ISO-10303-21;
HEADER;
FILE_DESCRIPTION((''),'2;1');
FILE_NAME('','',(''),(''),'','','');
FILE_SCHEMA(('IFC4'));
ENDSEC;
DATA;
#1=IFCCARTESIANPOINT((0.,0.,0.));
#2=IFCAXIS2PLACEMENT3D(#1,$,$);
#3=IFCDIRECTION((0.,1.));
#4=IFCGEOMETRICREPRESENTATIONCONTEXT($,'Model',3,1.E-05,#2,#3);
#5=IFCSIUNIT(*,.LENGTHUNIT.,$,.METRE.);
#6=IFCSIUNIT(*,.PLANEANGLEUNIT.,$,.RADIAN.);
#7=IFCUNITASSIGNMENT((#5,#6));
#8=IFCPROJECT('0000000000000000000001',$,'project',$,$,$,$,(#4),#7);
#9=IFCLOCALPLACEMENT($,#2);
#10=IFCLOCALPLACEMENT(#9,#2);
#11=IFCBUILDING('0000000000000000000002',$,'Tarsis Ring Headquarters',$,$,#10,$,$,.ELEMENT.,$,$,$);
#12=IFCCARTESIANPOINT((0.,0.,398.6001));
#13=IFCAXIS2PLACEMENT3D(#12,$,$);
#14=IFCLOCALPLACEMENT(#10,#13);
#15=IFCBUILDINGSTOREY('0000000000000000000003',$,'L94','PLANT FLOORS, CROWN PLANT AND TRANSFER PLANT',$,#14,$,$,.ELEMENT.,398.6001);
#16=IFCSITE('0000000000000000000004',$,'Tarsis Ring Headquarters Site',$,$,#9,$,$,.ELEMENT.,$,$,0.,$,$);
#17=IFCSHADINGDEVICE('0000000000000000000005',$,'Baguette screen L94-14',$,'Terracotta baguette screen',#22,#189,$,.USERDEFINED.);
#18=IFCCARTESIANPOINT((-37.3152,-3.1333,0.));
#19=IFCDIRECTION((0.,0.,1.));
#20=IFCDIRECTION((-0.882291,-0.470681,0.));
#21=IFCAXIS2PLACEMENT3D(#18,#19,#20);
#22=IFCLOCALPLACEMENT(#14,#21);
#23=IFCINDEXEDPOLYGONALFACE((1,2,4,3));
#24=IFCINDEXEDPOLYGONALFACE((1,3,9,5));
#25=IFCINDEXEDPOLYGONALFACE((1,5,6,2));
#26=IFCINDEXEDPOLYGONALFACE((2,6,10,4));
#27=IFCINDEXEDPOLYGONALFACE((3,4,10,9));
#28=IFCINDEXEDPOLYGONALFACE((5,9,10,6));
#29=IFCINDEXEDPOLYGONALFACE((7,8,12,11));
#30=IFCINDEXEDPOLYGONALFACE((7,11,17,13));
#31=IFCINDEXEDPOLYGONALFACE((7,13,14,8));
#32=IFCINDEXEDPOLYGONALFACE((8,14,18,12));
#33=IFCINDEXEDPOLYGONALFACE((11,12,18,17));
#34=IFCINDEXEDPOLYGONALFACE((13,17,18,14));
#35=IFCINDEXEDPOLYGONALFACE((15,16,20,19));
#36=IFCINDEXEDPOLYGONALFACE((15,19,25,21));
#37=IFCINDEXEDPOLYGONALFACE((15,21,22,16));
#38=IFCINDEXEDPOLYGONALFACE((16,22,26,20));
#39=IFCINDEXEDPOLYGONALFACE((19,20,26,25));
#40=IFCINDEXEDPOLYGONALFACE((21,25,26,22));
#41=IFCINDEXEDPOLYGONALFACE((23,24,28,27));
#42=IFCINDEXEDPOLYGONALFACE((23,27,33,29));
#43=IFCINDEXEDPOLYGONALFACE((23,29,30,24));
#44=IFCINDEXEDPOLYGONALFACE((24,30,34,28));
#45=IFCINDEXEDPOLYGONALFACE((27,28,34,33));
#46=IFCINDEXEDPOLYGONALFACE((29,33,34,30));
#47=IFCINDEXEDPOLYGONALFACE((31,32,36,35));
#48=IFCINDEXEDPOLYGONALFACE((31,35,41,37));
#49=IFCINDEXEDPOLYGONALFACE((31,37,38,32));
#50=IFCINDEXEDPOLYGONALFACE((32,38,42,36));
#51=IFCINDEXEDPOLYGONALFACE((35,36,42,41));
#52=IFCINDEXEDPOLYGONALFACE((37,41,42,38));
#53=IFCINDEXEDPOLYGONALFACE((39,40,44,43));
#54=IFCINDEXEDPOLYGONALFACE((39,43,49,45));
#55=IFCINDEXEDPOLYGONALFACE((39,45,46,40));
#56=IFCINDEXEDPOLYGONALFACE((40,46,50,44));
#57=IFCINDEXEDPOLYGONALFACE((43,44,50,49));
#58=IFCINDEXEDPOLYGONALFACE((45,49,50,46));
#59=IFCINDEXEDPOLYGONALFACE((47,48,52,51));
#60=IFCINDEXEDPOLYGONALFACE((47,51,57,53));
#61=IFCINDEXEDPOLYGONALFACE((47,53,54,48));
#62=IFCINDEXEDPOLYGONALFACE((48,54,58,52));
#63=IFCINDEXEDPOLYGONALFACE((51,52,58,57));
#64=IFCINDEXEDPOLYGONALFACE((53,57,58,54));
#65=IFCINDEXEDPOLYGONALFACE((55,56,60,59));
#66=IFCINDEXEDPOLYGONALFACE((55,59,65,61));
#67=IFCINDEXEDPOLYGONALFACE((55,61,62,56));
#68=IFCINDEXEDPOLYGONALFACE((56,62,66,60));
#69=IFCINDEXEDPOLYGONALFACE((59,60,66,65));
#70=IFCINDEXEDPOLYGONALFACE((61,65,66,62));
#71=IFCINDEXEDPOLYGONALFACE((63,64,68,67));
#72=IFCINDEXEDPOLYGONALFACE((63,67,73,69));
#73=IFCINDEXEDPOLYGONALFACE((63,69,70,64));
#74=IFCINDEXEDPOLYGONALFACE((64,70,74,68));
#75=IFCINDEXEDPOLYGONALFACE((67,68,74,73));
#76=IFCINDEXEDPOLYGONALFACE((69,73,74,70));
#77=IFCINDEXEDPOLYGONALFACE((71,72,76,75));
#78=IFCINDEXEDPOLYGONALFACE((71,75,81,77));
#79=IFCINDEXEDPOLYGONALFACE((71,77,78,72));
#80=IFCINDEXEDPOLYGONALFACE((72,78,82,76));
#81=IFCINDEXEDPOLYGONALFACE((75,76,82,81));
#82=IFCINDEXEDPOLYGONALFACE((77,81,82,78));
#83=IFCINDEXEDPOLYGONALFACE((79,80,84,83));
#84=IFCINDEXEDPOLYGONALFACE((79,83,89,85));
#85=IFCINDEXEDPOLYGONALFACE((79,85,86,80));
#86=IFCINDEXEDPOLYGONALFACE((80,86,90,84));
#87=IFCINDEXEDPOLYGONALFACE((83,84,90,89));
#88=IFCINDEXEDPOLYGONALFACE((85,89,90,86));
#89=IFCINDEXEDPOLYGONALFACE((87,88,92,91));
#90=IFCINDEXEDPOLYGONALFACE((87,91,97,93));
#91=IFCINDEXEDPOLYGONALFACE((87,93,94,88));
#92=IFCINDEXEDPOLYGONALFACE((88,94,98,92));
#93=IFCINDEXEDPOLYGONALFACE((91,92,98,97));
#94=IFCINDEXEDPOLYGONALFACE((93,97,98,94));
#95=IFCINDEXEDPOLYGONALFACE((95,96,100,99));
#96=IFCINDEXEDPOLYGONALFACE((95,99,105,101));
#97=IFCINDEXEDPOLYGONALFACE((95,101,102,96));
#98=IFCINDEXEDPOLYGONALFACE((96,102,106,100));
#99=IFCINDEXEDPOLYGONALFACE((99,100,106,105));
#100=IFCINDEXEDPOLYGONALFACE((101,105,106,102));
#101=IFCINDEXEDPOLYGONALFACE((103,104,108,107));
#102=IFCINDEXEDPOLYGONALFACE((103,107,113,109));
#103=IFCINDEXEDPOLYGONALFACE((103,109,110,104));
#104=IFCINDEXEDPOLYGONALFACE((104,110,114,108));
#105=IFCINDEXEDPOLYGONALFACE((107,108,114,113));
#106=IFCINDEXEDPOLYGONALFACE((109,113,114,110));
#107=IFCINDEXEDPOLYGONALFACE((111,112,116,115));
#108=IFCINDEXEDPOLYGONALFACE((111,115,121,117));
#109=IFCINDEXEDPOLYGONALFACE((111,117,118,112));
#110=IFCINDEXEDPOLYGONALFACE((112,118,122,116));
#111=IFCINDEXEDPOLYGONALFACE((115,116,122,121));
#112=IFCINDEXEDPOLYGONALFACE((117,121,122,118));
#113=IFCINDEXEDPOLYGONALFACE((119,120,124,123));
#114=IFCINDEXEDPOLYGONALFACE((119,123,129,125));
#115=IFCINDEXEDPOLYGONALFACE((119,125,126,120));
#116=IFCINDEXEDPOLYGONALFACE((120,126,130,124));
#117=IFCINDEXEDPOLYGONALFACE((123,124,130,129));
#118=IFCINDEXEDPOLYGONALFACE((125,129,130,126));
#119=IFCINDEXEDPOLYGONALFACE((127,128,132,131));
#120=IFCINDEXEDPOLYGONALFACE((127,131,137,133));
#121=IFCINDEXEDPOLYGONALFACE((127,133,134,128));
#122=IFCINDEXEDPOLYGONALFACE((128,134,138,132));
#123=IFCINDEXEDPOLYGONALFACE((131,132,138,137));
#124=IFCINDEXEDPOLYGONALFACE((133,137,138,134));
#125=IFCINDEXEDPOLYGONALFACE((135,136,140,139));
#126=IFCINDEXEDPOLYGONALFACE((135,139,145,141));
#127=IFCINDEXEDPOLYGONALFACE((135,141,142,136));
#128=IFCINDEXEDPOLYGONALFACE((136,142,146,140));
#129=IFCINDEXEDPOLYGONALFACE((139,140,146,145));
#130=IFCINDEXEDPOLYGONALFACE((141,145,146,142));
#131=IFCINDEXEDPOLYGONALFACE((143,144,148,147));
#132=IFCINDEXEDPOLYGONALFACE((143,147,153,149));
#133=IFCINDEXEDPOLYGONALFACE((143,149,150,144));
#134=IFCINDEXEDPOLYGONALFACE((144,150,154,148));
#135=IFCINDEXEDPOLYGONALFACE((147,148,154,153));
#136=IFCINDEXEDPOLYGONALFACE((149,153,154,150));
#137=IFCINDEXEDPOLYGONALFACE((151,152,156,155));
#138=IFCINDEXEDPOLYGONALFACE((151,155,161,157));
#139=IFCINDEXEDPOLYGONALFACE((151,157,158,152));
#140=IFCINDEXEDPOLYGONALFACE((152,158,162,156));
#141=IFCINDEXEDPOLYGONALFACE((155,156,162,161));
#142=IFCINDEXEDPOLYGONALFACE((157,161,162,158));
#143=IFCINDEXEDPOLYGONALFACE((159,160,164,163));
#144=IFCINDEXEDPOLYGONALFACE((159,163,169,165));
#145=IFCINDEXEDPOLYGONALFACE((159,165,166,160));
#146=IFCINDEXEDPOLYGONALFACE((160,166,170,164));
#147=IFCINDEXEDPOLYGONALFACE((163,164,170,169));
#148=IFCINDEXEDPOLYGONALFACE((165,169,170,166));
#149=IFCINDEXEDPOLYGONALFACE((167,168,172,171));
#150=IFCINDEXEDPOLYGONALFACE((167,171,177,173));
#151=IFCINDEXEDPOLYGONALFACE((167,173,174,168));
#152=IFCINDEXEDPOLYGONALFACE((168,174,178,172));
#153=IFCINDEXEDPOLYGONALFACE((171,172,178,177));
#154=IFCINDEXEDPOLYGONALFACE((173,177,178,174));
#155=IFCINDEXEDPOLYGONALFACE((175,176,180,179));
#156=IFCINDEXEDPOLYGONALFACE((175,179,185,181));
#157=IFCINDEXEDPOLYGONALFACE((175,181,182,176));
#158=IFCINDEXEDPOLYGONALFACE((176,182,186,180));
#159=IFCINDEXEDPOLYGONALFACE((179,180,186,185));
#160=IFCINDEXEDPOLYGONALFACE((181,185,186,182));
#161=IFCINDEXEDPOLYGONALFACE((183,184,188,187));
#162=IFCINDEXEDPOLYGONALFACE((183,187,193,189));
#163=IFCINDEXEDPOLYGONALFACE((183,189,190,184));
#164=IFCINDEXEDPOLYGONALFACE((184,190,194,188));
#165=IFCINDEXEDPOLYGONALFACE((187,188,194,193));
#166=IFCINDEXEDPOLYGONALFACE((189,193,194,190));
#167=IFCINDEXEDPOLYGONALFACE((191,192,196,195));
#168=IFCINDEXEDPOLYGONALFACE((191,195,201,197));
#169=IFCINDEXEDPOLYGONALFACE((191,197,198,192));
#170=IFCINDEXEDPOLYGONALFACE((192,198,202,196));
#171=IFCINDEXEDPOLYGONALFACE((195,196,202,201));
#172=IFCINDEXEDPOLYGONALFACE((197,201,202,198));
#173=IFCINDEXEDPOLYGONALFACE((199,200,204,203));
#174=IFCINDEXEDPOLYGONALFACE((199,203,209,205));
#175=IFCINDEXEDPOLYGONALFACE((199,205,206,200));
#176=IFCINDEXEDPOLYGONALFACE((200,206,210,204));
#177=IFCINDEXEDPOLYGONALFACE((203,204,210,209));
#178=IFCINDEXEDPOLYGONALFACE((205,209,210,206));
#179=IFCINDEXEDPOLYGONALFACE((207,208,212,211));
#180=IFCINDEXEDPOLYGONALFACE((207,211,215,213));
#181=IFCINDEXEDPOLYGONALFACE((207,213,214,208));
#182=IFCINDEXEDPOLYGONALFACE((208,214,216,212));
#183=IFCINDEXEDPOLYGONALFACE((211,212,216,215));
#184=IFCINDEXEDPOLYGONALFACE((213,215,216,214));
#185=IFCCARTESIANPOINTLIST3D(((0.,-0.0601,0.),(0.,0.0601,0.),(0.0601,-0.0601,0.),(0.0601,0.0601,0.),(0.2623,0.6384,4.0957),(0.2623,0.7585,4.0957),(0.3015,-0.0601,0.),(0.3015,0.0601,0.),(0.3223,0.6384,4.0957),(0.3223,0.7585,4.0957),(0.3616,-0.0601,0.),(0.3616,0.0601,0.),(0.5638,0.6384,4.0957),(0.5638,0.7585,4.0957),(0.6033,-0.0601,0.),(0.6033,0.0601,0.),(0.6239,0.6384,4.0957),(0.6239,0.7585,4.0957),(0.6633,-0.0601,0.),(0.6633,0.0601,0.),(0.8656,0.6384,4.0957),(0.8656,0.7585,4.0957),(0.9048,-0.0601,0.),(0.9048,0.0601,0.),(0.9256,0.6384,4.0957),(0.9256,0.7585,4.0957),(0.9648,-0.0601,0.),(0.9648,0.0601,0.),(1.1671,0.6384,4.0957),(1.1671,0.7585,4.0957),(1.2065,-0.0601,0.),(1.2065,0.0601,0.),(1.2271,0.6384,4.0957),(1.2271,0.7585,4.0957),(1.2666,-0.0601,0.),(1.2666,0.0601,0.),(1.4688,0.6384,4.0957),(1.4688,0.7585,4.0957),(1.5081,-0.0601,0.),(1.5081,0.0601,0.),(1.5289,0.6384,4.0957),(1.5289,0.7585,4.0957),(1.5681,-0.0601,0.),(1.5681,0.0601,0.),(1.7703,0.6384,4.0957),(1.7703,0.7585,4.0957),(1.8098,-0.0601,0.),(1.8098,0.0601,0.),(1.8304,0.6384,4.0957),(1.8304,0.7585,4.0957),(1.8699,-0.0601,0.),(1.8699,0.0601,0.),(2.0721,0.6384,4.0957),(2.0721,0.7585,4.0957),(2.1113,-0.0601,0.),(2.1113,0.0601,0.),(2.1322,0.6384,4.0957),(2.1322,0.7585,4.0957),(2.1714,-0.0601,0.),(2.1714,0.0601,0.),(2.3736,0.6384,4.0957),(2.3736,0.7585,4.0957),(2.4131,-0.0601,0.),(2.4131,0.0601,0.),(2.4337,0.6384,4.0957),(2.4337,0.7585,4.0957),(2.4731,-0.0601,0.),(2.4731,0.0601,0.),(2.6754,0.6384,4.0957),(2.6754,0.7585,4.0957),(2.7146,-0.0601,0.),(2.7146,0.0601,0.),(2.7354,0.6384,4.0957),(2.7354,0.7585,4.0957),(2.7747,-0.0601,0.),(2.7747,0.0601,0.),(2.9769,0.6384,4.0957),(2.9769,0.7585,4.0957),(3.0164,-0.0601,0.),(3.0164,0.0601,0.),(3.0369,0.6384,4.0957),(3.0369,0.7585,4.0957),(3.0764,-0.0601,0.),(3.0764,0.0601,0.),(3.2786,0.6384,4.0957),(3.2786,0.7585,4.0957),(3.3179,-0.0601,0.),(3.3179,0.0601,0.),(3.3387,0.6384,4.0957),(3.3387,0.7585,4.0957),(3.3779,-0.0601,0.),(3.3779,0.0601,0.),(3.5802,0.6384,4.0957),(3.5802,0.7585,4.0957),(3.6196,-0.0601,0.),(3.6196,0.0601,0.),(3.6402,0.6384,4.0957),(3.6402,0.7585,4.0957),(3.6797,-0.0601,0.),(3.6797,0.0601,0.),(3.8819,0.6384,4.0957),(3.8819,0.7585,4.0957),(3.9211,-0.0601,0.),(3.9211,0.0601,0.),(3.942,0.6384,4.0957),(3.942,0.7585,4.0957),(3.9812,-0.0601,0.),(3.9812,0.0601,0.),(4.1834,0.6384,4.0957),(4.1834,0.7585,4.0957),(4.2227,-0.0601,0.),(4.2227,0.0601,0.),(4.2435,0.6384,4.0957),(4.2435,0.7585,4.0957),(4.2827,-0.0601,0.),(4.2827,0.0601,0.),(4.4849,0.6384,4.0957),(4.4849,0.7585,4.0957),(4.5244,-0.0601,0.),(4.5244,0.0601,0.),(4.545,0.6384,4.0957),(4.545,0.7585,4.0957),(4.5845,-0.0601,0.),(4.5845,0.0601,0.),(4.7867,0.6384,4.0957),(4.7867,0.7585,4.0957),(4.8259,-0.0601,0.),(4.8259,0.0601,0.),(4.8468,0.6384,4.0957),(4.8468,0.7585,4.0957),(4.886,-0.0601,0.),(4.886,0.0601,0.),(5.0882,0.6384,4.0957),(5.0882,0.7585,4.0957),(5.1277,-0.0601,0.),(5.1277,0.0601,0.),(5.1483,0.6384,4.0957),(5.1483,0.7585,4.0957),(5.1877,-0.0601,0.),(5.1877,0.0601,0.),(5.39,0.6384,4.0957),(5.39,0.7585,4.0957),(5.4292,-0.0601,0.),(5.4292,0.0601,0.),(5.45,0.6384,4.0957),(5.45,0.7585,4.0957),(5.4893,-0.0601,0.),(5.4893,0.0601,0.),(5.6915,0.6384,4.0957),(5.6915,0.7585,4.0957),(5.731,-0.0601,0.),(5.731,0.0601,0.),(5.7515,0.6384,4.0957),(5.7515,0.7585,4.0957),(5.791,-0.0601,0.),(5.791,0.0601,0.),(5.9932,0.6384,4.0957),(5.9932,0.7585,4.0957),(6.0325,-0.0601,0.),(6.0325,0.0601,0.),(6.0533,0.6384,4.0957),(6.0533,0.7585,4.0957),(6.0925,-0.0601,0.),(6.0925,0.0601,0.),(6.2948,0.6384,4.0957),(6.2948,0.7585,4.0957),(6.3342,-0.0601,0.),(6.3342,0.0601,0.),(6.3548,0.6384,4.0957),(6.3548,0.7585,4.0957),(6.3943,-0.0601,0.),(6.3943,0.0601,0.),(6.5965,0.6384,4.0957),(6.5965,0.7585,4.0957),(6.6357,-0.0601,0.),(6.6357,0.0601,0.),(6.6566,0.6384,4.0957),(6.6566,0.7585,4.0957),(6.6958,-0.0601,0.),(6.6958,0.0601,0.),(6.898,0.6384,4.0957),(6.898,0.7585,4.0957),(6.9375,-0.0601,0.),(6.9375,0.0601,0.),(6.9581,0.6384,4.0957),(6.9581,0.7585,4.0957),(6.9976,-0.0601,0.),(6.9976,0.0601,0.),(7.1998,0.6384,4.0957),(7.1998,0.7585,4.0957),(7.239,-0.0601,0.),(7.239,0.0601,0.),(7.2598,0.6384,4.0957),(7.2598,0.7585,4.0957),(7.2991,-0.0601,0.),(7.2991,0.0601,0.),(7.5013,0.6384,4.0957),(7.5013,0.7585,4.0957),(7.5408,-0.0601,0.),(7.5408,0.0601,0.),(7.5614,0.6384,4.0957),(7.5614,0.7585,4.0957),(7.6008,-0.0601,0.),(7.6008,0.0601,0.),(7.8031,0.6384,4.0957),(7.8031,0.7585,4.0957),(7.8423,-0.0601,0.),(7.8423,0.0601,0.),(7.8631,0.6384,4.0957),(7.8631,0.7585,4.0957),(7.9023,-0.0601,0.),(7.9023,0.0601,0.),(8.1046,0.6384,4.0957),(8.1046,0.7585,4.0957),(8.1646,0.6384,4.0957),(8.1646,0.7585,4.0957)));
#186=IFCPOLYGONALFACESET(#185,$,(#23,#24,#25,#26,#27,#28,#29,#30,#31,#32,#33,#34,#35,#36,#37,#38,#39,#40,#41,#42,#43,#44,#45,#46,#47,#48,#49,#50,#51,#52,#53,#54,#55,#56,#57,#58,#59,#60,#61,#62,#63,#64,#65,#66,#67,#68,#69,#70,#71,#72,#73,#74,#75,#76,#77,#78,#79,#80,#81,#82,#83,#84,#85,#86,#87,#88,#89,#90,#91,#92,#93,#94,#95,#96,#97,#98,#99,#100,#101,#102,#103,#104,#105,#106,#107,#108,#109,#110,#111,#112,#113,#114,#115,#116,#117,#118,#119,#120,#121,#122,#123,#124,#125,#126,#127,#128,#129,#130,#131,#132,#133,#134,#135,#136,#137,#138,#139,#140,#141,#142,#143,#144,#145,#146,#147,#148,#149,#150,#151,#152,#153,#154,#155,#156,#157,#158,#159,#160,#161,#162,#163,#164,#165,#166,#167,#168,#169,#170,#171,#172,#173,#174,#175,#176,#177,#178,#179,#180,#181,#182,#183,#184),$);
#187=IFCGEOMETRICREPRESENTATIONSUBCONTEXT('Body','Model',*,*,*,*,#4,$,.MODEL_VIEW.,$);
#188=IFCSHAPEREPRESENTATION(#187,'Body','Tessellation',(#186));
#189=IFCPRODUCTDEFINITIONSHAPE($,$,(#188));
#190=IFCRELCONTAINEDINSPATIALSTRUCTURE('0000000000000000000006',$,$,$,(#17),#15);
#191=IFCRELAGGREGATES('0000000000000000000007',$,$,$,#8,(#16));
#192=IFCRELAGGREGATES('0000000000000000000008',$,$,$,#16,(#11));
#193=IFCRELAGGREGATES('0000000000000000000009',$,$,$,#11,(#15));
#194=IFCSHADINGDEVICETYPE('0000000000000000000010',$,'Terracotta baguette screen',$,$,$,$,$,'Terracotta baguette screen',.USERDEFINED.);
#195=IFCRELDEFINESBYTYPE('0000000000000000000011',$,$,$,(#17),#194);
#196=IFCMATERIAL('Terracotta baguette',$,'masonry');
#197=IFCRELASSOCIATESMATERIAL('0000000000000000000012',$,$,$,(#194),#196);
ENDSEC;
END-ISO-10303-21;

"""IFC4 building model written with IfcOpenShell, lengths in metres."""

from ifc_helpers import new_model, si_unit, direction, frame, frame_2d, origin, place, context, subcontext, project, spatial, rectangle, composite_profile, extrude, material, type_object, element, save


model = new_model("IFC4")

# Units and contexts
model_context = context("Model", 3, precision=1e-05, world=origin(), true_north=direction((0.0, 1.0)))
body_context = subcontext(model_context, "Body", "Model", "MODEL_VIEW")
ifc_project = project(units=[si_unit("LENGTHUNIT", "METRE"), si_unit("PLANEANGLEUNIT", "RADIAN")], contexts=[model_context])

# Site, building, storey
site_placement = place(None, origin())
site = spatial("IfcSite", under=ifc_project, at=site_placement, Name="Tarsis Ring Headquarters Site", CompositionType="ELEMENT", RefElevation=0.0)
building_placement = place(site_placement, origin())
building = spatial("IfcBuilding", under=site, at=building_placement, Name="Tarsis Ring Headquarters", CompositionType="ELEMENT")
storey_placement = place(building_placement, frame((0.0, 0.0, 398.6001)))
storey = spatial("IfcBuildingStorey", under=building, at=storey_placement, Name="L94", Description="PLANT FLOORS, CROWN PLANT AND TRANSFER PLANT", CompositionType="ELEMENT", Elevation=398.6001)

# Shading device
ifc_material_1 = material(Name="Terracotta baguette", Category="masonry")
shading_device_type_1 = type_object("IfcShadingDeviceType", Name="Terracotta baguette screen", ElementType="Terracotta baguette screen", PredefinedType="USERDEFINED", material=ifc_material_1)
shading_device_1_placement = place(storey_placement, frame((-37.3152, -3.1333, 0.0), z_axis=(0.0, 0.0, 1.0), x_axis=(-0.882291, -0.470681, 0.0)))
element("IfcShadingDevice", 1, at=shading_device_1_placement, inside=storey, type_object=shading_device_type_1, Name="Baguette screen L94-14", ObjectType="Terracotta baguette screen", PredefinedType="USERDEFINED", context=body_context, shape_type="SweptSolid", body=[
    extrude(composite_profile([rectangle(XDim=0.0601, YDim=0.1201, at=frame_2d((0.03, 0.0))), rectangle(XDim=0.0601, YDim=0.1201, at=frame_2d((0.3315, 0.0))), rectangle(XDim=0.0601, YDim=0.1201, at=frame_2d((0.6333, 0.0))), rectangle(XDim=0.0601, YDim=0.1201, at=frame_2d((0.9348, 0.0))), rectangle(XDim=0.0601, YDim=0.1201, at=frame_2d((1.2366, 0.0))), rectangle(XDim=0.0601, YDim=0.1201, at=frame_2d((1.5381, 0.0))), rectangle(XDim=0.0601, YDim=0.1201, at=frame_2d((1.8398, 0.0))), rectangle(XDim=0.0601, YDim=0.1201, at=frame_2d((2.1414, 0.0))), rectangle(XDim=0.0601, YDim=0.1201, at=frame_2d((2.4431, 0.0))), rectangle(XDim=0.0601, YDim=0.1201, at=frame_2d((2.7446, 0.0))), rectangle(XDim=0.0601, YDim=0.1201, at=frame_2d((3.0464, 0.0))), rectangle(XDim=0.0601, YDim=0.1201, at=frame_2d((3.3479, 0.0))), rectangle(XDim=0.0601, YDim=0.1201, at=frame_2d((3.6497, 0.0))), rectangle(XDim=0.0601, YDim=0.1201, at=frame_2d((3.9512, 0.0))), rectangle(XDim=0.0601, YDim=0.1201, at=frame_2d((4.2527, 0.0))), rectangle(XDim=0.0601, YDim=0.1201, at=frame_2d((4.5544, 0.0))), rectangle(XDim=0.0601, YDim=0.1201, at=frame_2d((4.856, 0.0))), rectangle(XDim=0.0601, YDim=0.1201, at=frame_2d((5.1577, 0.0))), rectangle(XDim=0.0601, YDim=0.1201, at=frame_2d((5.4592, 0.0))), rectangle(XDim=0.0601, YDim=0.1201, at=frame_2d((5.761, 0.0))), rectangle(XDim=0.0601, YDim=0.1201, at=frame_2d((6.0625, 0.0))), rectangle(XDim=0.0601, YDim=0.1201, at=frame_2d((6.3643, 0.0))), rectangle(XDim=0.0601, YDim=0.1201, at=frame_2d((6.6658, 0.0))), rectangle(XDim=0.0601, YDim=0.1201, at=frame_2d((6.9675, 0.0))), rectangle(XDim=0.0601, YDim=0.1201, at=frame_2d((7.269, 0.0))), rectangle(XDim=0.0601, YDim=0.1201, at=frame_2d((7.5708, 0.0))), rectangle(XDim=0.0601, YDim=0.1201, at=frame_2d((7.8723, 0.0)))]), origin(), (0.063004, 0.16778, 0.983809), 4.1631),
])

save(model, "model.ifc")
